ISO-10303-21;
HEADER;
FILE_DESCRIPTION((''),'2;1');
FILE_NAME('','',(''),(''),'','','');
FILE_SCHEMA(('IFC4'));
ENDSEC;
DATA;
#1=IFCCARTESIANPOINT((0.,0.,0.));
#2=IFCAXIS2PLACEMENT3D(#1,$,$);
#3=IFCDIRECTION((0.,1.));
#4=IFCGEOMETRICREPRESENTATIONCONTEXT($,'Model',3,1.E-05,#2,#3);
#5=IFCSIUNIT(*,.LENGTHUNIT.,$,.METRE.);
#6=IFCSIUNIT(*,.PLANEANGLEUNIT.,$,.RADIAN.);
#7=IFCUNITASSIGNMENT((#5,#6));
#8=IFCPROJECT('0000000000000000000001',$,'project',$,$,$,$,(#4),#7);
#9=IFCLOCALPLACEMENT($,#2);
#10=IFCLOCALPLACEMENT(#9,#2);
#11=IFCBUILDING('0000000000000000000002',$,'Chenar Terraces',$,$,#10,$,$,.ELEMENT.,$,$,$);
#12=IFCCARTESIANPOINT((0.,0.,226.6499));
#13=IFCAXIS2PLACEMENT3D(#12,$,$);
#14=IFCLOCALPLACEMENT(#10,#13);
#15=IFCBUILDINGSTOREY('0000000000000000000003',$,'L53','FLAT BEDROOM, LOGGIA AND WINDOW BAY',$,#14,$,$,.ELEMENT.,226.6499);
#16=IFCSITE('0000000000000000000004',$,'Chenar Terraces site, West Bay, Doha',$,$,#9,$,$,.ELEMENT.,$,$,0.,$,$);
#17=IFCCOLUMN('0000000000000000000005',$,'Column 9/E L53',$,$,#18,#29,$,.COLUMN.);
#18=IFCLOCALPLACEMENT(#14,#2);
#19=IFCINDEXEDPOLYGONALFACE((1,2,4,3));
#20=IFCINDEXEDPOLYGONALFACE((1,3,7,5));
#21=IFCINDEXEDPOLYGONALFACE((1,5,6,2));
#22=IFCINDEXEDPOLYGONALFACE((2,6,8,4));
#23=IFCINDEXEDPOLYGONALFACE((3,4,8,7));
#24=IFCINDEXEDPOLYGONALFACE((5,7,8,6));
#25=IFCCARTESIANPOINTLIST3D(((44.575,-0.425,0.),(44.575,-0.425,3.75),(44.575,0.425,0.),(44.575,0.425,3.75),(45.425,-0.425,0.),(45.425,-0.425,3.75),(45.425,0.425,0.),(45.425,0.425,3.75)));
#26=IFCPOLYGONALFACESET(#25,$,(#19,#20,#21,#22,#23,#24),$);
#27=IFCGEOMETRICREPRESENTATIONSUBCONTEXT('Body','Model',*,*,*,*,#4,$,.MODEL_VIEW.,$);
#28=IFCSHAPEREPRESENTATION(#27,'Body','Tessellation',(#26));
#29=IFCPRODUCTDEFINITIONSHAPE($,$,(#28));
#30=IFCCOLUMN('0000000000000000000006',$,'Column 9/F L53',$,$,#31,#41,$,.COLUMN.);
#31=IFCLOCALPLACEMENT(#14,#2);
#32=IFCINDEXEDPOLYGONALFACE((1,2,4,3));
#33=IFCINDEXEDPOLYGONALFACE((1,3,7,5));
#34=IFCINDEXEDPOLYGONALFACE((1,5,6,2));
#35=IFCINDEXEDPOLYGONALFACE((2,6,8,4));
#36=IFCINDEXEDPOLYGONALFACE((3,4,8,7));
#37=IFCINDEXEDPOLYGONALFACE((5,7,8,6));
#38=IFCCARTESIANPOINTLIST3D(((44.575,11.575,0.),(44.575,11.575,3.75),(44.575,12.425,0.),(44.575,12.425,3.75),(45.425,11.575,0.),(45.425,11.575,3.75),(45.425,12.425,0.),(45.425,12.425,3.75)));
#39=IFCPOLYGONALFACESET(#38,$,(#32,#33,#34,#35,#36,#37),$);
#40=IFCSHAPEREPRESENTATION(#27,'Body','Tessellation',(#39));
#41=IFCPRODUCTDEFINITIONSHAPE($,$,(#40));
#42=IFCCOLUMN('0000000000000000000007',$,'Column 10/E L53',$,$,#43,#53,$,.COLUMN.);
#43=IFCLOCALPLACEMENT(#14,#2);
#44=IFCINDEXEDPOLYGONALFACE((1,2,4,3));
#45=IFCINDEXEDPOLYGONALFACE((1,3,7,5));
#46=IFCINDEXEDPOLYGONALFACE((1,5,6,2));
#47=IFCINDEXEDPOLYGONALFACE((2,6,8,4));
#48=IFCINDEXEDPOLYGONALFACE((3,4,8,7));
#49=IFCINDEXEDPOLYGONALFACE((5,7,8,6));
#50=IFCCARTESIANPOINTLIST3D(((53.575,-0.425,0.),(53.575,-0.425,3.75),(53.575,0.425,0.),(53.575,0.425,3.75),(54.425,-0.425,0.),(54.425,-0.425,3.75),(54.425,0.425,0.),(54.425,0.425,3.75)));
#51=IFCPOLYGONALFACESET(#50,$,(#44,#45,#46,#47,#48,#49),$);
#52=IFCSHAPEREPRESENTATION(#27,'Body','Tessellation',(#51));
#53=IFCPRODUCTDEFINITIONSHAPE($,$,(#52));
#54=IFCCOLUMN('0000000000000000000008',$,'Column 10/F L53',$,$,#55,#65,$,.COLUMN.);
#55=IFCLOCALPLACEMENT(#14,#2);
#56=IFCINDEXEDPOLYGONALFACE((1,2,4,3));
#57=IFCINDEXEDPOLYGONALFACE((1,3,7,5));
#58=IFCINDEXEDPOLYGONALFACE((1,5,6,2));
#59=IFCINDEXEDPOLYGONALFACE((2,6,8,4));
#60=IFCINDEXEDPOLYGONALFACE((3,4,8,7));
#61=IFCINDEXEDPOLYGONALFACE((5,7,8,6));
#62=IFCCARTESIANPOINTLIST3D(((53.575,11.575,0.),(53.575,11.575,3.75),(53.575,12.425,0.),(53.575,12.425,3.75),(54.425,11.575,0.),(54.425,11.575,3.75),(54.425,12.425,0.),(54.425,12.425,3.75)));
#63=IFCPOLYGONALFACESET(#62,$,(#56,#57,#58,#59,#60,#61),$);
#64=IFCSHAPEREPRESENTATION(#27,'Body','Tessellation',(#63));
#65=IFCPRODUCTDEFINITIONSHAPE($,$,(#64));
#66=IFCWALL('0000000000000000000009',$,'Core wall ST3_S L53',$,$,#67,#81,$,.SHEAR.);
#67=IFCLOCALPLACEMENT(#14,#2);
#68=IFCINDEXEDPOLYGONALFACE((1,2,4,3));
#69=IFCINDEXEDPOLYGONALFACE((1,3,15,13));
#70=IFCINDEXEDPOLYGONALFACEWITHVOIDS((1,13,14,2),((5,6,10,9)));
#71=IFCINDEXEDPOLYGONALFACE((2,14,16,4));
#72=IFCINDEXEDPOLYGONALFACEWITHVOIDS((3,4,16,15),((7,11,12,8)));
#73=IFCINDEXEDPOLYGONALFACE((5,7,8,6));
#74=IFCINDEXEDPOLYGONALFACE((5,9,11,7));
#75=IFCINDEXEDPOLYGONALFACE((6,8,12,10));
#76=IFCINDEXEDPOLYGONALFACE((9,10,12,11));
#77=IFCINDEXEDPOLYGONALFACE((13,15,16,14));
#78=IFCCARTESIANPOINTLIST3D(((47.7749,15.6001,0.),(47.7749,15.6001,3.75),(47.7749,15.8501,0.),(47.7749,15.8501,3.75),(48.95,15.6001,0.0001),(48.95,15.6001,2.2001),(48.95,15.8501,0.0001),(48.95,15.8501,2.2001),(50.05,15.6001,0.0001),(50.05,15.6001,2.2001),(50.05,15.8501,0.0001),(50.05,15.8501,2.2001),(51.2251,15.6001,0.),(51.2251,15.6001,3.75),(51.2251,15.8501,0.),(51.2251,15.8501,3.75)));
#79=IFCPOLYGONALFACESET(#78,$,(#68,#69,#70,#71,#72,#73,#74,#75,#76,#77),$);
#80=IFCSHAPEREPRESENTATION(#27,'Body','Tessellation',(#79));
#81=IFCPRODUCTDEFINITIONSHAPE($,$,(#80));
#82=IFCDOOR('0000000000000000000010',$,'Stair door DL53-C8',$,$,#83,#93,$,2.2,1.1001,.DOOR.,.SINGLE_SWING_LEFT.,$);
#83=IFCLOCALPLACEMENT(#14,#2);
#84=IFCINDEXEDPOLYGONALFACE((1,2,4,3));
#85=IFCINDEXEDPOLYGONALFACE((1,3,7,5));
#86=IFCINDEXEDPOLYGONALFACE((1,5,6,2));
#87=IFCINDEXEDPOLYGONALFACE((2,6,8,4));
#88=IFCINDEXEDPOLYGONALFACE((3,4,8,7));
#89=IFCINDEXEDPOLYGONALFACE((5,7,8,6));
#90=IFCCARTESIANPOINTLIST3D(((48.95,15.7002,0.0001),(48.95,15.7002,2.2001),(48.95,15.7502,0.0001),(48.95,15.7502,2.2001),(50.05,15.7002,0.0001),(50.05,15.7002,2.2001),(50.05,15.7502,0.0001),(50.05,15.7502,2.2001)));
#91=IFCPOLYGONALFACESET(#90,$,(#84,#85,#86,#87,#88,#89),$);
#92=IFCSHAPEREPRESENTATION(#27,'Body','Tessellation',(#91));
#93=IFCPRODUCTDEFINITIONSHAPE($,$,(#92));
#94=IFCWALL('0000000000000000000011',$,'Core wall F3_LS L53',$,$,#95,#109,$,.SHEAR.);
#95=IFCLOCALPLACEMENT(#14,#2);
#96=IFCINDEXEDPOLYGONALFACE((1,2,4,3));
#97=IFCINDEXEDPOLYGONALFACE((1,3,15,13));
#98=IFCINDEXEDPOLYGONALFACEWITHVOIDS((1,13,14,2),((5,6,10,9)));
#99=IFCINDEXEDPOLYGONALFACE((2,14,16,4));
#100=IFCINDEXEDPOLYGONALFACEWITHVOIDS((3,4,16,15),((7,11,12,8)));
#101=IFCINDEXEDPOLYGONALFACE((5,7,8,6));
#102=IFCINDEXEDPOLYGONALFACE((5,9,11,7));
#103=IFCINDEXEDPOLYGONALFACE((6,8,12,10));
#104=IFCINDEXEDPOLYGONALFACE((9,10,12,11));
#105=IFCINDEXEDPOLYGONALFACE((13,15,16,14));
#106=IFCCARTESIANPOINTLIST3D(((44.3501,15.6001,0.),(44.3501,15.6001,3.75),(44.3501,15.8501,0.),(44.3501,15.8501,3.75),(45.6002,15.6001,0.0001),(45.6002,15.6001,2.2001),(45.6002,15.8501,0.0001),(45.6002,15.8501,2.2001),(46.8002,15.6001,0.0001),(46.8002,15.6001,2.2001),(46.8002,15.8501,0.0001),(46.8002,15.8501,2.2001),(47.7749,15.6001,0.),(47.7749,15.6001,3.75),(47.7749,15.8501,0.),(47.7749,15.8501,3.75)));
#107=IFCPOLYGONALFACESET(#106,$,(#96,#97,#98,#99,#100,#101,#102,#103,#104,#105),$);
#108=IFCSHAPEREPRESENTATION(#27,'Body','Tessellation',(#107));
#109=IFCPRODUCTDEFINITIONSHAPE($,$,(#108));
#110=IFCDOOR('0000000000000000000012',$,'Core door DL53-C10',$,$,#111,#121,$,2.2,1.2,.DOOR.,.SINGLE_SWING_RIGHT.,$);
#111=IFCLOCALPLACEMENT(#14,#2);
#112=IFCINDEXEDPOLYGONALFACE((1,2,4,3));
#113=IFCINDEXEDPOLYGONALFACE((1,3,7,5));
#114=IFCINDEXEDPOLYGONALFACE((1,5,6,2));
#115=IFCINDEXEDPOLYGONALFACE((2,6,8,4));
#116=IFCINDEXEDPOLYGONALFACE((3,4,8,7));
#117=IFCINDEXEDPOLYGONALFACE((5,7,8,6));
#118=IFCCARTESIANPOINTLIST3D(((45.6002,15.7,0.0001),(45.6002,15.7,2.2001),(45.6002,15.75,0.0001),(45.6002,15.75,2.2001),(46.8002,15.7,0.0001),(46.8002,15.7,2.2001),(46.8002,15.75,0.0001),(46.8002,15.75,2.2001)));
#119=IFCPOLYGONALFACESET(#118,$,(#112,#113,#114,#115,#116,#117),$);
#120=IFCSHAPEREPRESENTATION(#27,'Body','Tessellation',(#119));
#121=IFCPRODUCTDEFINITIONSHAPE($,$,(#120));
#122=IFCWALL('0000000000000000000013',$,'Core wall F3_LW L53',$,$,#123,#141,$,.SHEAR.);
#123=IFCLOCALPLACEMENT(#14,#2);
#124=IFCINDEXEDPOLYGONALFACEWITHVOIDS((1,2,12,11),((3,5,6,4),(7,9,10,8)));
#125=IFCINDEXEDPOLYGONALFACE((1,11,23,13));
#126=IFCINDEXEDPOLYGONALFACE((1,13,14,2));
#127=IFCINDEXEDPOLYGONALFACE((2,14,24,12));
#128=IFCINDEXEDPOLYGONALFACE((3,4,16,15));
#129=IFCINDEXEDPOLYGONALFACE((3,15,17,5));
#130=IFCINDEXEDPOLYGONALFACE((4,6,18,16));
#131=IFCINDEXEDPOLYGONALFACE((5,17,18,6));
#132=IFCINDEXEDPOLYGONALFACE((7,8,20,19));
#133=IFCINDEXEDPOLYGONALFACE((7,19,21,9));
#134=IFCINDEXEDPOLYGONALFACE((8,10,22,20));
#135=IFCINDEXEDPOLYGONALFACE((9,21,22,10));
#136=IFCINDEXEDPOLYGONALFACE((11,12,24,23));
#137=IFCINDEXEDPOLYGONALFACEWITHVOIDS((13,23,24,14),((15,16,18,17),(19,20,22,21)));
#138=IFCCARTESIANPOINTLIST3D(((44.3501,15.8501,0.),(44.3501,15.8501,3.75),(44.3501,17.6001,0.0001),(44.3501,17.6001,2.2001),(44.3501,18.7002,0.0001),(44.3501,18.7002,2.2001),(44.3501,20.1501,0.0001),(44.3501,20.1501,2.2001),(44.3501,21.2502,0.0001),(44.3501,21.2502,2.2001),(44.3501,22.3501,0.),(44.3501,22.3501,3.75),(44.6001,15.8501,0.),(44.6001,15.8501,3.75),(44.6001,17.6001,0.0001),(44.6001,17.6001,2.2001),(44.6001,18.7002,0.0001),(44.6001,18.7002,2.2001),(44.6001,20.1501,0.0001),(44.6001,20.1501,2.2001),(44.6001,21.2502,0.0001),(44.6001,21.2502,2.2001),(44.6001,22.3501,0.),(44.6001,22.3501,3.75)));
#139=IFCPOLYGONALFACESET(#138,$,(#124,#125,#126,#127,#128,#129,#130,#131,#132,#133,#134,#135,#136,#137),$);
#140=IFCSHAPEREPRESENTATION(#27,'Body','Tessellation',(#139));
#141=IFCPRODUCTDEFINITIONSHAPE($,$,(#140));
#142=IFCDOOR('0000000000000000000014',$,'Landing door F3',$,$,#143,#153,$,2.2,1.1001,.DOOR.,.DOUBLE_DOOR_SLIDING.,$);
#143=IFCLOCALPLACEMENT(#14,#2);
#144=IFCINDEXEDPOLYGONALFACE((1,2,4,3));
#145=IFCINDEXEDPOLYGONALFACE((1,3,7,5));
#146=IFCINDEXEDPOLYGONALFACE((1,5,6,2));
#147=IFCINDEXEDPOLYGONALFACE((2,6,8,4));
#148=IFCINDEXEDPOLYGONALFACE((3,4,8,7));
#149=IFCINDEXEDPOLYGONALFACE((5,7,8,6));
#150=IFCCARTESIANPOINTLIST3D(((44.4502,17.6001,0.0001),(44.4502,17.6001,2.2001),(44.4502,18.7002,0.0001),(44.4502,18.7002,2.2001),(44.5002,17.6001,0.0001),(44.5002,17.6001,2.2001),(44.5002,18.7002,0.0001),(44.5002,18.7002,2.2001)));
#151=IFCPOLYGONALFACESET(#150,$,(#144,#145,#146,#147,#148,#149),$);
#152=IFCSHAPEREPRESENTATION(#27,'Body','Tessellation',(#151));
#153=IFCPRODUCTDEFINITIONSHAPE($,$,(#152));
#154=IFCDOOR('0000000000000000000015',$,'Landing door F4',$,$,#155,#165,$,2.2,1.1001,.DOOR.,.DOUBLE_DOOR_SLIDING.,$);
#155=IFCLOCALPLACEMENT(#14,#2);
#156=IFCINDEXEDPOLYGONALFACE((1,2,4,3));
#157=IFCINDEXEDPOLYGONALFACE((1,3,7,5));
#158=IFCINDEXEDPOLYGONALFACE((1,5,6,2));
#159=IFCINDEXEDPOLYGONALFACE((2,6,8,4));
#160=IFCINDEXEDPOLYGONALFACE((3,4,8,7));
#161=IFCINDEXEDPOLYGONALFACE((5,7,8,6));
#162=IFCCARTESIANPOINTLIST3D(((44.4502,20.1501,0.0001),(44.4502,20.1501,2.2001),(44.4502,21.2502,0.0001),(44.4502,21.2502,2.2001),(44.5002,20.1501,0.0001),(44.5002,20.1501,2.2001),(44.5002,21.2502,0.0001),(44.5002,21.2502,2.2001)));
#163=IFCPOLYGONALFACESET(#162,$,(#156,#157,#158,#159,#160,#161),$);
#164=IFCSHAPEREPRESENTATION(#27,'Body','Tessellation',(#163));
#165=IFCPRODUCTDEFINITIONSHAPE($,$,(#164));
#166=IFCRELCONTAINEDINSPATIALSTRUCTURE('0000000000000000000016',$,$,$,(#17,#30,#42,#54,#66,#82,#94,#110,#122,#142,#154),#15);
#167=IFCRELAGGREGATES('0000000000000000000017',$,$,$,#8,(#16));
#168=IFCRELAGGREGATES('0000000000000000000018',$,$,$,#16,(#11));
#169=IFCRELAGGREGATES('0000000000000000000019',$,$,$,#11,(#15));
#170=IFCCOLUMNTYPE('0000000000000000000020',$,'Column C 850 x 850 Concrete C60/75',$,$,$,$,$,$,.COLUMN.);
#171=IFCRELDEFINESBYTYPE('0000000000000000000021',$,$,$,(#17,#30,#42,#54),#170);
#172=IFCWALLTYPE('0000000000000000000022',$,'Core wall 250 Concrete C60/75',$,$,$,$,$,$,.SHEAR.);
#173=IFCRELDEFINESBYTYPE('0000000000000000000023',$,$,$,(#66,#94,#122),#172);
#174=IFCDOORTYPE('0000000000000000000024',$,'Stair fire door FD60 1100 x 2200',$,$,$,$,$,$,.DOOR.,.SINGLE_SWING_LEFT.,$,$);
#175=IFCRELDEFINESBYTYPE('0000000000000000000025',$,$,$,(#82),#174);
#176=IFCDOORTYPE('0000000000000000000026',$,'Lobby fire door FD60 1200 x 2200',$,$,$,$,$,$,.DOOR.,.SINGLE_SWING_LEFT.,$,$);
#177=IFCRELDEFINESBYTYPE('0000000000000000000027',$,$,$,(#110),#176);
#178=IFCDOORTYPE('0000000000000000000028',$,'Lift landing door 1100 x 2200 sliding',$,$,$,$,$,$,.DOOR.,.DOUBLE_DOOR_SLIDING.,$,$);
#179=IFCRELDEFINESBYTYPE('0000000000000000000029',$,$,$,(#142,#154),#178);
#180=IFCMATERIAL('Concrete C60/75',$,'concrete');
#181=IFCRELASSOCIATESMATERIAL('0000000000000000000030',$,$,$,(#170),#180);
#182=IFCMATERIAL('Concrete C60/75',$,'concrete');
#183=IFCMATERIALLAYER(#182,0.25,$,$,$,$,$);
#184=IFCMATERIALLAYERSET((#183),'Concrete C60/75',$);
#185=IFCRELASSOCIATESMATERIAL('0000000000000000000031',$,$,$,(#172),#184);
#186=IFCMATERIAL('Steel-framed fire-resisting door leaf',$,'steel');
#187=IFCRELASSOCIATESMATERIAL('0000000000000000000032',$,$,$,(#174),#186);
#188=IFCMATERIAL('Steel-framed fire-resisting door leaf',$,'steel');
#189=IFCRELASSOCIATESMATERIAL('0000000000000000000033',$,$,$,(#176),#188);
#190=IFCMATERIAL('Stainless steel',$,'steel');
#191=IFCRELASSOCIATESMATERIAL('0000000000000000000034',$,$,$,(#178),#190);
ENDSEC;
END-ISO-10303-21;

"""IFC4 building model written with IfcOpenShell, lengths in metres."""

from ifc_helpers import new_model, si_unit, direction, frame, frame_2d, origin, origin_2d, place, context, subcontext, project, spatial, rectangle, extrude, material, layer, layer_set, material_profile, profile_set, type_object, element, fill, save


model = new_model("IFC4")

# Units and contexts
model_context = context("Model", 3, precision=1e-05, world=origin(), true_north=direction((0.0, 1.0)))
body_context = subcontext(model_context, "Body", "Model", "MODEL_VIEW")
ifc_project = project(units=[si_unit("LENGTHUNIT", "METRE"), si_unit("PLANEANGLEUNIT", "RADIAN")], contexts=[model_context])

# Site, building, storey
site_placement = place(None, origin())
site = spatial("IfcSite", under=ifc_project, at=site_placement, Name="Chenar Terraces site, West Bay, Doha", CompositionType="ELEMENT", RefElevation=0.0)
building_placement = place(site_placement, origin())
building = spatial("IfcBuilding", under=site, at=building_placement, Name="Chenar Terraces", CompositionType="ELEMENT")
storey_placement = place(building_placement, frame((0.0, 0.0, 226.6499)))
storey = spatial("IfcBuildingStorey", under=building, at=storey_placement, Name="L53", Description="FLAT BEDROOM, LOGGIA AND WINDOW BAY", CompositionType="ELEMENT", Elevation=226.6499)

# Columns
ifc_material_1 = material(Name="Concrete C60/75", Category="concrete")
ifc_material_profile_1 = material_profile(ifc_material_1, rectangle(XDim=0.8501, YDim=0.8501, at=origin_2d()), Name="C 850 x 850")
ifc_profile_set_1 = profile_set([ifc_material_profile_1], Name="Concrete C60/75")
column_type = type_object("IfcColumnType", Name="Column C 850 x 850 Concrete C60/75", PredefinedType="COLUMN", material=ifc_profile_set_1)
for number, where, z_axis, x_axis, name in (
    (1, (45.0, 0.0, 0.0), (0.0, 0.0, 1.0), (1.0, 0.0, 0.0), "Column 9/E L53"),
    (2, (45.0, 12.0, 0.0), (0.0, 0.0, 1.0), (1.0, 0.0, 0.0), "Column 9/F L53"),
    (3, (54.0, 0.0, 0.0), (0.0, 0.0, 1.0), (1.0, 0.0, 0.0), "Column 10/E L53"),
    (4, (54.0, 12.0, 0.0), (0.0, 0.0, 1.0), (1.0, 0.0, 0.0), "Column 10/F L53"),
):
    element("IfcColumn", number, at=place(storey_placement, frame(where, z_axis=z_axis, x_axis=x_axis)), inside=storey, type_object=column_type, Name=name, PredefinedType="COLUMN", context=body_context, shape_type="SweptSolid", body=[
        extrude(rectangle(XDim=0.8501, YDim=0.8501, at=origin_2d()), origin(), (0.0, 0.0, 1.0), 3.75),
    ])

# Walls, openings, doors
ifc_material_2 = material(Name="Concrete C60/75", Category="concrete")
ifc_layer_1 = layer(ifc_material_2, 0.25)
ifc_layer_set_1 = layer_set([ifc_layer_1], Name="Concrete C60/75")
wall_type_1 = type_object("IfcWallType", Name="Core wall 250 Concrete C60/75", PredefinedType="SHEAR", material=ifc_layer_set_1)
wall_1_placement = place(storey_placement, frame((47.7749, 15.7251, 0.0), z_axis=(0.0, 0.0, 1.0), x_axis=(1.0, 0.0, 0.0)))
wall_1 = element("IfcWall", 5, at=wall_1_placement, inside=storey, type_object=wall_type_1, Name="Core wall ST3_S L53", PredefinedType="SHEAR", context=body_context, shape_type="SweptSolid", body=[
    extrude(rectangle(XDim=3.4502, YDim=0.25, at=frame_2d((1.7251, 0.0))), origin(), (0.0, 0.0, 1.0), 3.75),
])
opening_1_placement = place(wall_1_placement, frame((1.175, 0.0, 0.0)))
opening_1 = element("IfcOpeningElement", 6, at=opening_1_placement, cuts=wall_1, PredefinedType="OPENING", context=body_context, shape_type="SweptSolid", body=[
    extrude(rectangle(XDim=1.1001, YDim=2.2, at=frame_2d((0.55, 1.1001))), frame((0.0, 0.135, 0.0), z_axis=(0.0, -1.0, 0.0), x_axis=(1.0, 0.0, 0.0)), (0.0, 0.0, 1.0), 0.27),
])
ifc_material_3 = material(Name="Steel-framed fire-resisting door leaf", Category="steel")
door_type_1 = type_object("IfcDoorType", Name="Stair fire door FD60 1100 x 2200", OperationType="SINGLE_SWING_LEFT", PredefinedType="DOOR", material=ifc_material_3)
door_1_placement = place(opening_1_placement, frame((1.1001, 0.0, 0.0), z_axis=(0.0, 0.0, 1.0), x_axis=(-1.0, 0.0, 0.0)))
door_1 = element("IfcDoor", 7, at=door_1_placement, inside=storey, type_object=door_type_1, Name="Stair door DL53-C8", OperationType="SINGLE_SWING_LEFT", OverallHeight=2.2, OverallWidth=1.1001, PredefinedType="DOOR", context=body_context, shape_type="SweptSolid", body=[
    extrude(rectangle(XDim=1.1001, YDim=2.2, at=frame_2d((0.55, 1.1001))), frame((0.0, 0.0249, 0.0), z_axis=(0.0, -1.0, 0.0), x_axis=(1.0, 0.0, 0.0)), (0.0, 0.0, 1.0), 0.05),
])
fill(opening_1, door_1)
wall_2_placement = place(storey_placement, frame((44.3501, 15.7251, 0.0), z_axis=(0.0, 0.0, 1.0), x_axis=(1.0, 0.0, 0.0)))
wall_2 = element("IfcWall", 8, at=wall_2_placement, inside=storey, type_object=wall_type_1, Name="Core wall F3_LS L53", PredefinedType="SHEAR", context=body_context, shape_type="SweptSolid", body=[
    extrude(rectangle(XDim=3.4248, YDim=0.25, at=frame_2d((1.7124, 0.0))), origin(), (0.0, 0.0, 1.0), 3.75),
])
opening_2_placement = place(wall_2_placement, frame((1.25, 0.0, 0.0)))
opening_2 = element("IfcOpeningElement", 9, at=opening_2_placement, cuts=wall_2, PredefinedType="OPENING", context=body_context, shape_type="SweptSolid", body=[
    extrude(rectangle(XDim=1.2, YDim=2.2, at=frame_2d((0.6001, 1.1001))), frame((0.0, 0.135, 0.0), z_axis=(0.0, -1.0, 0.0), x_axis=(1.0, 0.0, 0.0)), (0.0, 0.0, 1.0), 0.27),
])
ifc_material_4 = material(Name="Steel-framed fire-resisting door leaf", Category="steel")
door_type_2 = type_object("IfcDoorType", Name="Lobby fire door FD60 1200 x 2200", OperationType="SINGLE_SWING_LEFT", PredefinedType="DOOR", material=ifc_material_4)
door_2_placement = place(opening_2_placement, origin())
door_2 = element("IfcDoor", 10, at=door_2_placement, inside=storey, type_object=door_type_2, Name="Core door DL53-C10", OperationType="SINGLE_SWING_RIGHT", OverallHeight=2.2, OverallWidth=1.2, PredefinedType="DOOR", context=body_context, shape_type="SweptSolid", body=[
    extrude(rectangle(XDim=1.2, YDim=2.2, at=frame_2d((0.6001, 1.1001))), frame((0.0, 0.0249, 0.0), z_axis=(0.0, -1.0, 0.0), x_axis=(1.0, 0.0, 0.0)), (0.0, 0.0, 1.0), 0.05),
])
fill(opening_2, door_2)

# Wall, openings, doors
wall_3_placement = place(storey_placement, frame((44.4751, 15.8501, 0.0), z_axis=(0.0, 0.0, 1.0), x_axis=(0.0, 1.0, 0.0)))
wall_3 = element("IfcWall", 11, at=wall_3_placement, inside=storey, type_object=wall_type_1, Name="Core wall F3_LW L53", PredefinedType="SHEAR", context=body_context, shape_type="SweptSolid", body=[
    extrude(rectangle(XDim=6.5, YDim=0.25, at=frame_2d((3.25, 0.0))), origin(), (0.0, 0.0, 1.0), 3.75),
])
opening_3_placement = place(wall_3_placement, frame((1.75, 0.0, 0.0)))
opening_3 = element("IfcOpeningElement", 12, at=opening_3_placement, cuts=wall_3, PredefinedType="OPENING", context=body_context, shape_type="SweptSolid", body=[
    extrude(rectangle(XDim=1.1001, YDim=2.2, at=frame_2d((0.55, 1.1001))), frame((0.0, 0.135, 0.0), z_axis=(0.0, -1.0, 0.0), x_axis=(1.0, 0.0, 0.0)), (0.0, 0.0, 1.0), 0.27),
])
opening_4_placement = place(wall_3_placement, frame((4.3, 0.0, 0.0)))
opening_4 = element("IfcOpeningElement", 13, at=opening_4_placement, cuts=wall_3, PredefinedType="OPENING", context=body_context, shape_type="SweptSolid", body=[
    extrude(rectangle(XDim=1.1001, YDim=2.2, at=frame_2d((0.55, 1.1001))), frame((0.0, 0.135, 0.0), z_axis=(0.0, -1.0, 0.0), x_axis=(1.0, 0.0, 0.0)), (0.0, 0.0, 1.0), 0.27),
])
ifc_material_5 = material(Name="Stainless steel", Category="steel")
door_type_3 = type_object("IfcDoorType", Name="Lift landing door 1100 x 2200 sliding", OperationType="DOUBLE_DOOR_SLIDING", PredefinedType="DOOR", material=ifc_material_5)
door_3_placement = place(opening_3_placement, origin())
door_3 = element("IfcDoor", 14, at=door_3_placement, inside=storey, type_object=door_type_3, Name="Landing door F3", OperationType="DOUBLE_DOOR_SLIDING", OverallHeight=2.2, OverallWidth=1.1001, PredefinedType="DOOR", context=body_context, shape_type="SweptSolid", body=[
    extrude(rectangle(XDim=1.1001, YDim=2.2, at=frame_2d((0.55, 1.1001))), frame((0.0, 0.0249, 0.0), z_axis=(0.0, -1.0, 0.0), x_axis=(1.0, 0.0, 0.0)), (0.0, 0.0, 1.0), 0.05),
])
fill(opening_3, door_3)
door_4_placement = place(opening_4_placement, origin())
door_4 = element("IfcDoor", 15, at=door_4_placement, inside=storey, type_object=door_type_3, Name="Landing door F4", OperationType="DOUBLE_DOOR_SLIDING", OverallHeight=2.2, OverallWidth=1.1001, PredefinedType="DOOR", context=body_context, shape_type="SweptSolid", body=[
    extrude(rectangle(XDim=1.1001, YDim=2.2, at=frame_2d((0.55, 1.1001))), frame((0.0, 0.0249, 0.0), z_axis=(0.0, -1.0, 0.0), x_axis=(1.0, 0.0, 0.0)), (0.0, 0.0, 1.0), 0.05),
])
fill(opening_4, door_4)

save(model, "model.ifc")
